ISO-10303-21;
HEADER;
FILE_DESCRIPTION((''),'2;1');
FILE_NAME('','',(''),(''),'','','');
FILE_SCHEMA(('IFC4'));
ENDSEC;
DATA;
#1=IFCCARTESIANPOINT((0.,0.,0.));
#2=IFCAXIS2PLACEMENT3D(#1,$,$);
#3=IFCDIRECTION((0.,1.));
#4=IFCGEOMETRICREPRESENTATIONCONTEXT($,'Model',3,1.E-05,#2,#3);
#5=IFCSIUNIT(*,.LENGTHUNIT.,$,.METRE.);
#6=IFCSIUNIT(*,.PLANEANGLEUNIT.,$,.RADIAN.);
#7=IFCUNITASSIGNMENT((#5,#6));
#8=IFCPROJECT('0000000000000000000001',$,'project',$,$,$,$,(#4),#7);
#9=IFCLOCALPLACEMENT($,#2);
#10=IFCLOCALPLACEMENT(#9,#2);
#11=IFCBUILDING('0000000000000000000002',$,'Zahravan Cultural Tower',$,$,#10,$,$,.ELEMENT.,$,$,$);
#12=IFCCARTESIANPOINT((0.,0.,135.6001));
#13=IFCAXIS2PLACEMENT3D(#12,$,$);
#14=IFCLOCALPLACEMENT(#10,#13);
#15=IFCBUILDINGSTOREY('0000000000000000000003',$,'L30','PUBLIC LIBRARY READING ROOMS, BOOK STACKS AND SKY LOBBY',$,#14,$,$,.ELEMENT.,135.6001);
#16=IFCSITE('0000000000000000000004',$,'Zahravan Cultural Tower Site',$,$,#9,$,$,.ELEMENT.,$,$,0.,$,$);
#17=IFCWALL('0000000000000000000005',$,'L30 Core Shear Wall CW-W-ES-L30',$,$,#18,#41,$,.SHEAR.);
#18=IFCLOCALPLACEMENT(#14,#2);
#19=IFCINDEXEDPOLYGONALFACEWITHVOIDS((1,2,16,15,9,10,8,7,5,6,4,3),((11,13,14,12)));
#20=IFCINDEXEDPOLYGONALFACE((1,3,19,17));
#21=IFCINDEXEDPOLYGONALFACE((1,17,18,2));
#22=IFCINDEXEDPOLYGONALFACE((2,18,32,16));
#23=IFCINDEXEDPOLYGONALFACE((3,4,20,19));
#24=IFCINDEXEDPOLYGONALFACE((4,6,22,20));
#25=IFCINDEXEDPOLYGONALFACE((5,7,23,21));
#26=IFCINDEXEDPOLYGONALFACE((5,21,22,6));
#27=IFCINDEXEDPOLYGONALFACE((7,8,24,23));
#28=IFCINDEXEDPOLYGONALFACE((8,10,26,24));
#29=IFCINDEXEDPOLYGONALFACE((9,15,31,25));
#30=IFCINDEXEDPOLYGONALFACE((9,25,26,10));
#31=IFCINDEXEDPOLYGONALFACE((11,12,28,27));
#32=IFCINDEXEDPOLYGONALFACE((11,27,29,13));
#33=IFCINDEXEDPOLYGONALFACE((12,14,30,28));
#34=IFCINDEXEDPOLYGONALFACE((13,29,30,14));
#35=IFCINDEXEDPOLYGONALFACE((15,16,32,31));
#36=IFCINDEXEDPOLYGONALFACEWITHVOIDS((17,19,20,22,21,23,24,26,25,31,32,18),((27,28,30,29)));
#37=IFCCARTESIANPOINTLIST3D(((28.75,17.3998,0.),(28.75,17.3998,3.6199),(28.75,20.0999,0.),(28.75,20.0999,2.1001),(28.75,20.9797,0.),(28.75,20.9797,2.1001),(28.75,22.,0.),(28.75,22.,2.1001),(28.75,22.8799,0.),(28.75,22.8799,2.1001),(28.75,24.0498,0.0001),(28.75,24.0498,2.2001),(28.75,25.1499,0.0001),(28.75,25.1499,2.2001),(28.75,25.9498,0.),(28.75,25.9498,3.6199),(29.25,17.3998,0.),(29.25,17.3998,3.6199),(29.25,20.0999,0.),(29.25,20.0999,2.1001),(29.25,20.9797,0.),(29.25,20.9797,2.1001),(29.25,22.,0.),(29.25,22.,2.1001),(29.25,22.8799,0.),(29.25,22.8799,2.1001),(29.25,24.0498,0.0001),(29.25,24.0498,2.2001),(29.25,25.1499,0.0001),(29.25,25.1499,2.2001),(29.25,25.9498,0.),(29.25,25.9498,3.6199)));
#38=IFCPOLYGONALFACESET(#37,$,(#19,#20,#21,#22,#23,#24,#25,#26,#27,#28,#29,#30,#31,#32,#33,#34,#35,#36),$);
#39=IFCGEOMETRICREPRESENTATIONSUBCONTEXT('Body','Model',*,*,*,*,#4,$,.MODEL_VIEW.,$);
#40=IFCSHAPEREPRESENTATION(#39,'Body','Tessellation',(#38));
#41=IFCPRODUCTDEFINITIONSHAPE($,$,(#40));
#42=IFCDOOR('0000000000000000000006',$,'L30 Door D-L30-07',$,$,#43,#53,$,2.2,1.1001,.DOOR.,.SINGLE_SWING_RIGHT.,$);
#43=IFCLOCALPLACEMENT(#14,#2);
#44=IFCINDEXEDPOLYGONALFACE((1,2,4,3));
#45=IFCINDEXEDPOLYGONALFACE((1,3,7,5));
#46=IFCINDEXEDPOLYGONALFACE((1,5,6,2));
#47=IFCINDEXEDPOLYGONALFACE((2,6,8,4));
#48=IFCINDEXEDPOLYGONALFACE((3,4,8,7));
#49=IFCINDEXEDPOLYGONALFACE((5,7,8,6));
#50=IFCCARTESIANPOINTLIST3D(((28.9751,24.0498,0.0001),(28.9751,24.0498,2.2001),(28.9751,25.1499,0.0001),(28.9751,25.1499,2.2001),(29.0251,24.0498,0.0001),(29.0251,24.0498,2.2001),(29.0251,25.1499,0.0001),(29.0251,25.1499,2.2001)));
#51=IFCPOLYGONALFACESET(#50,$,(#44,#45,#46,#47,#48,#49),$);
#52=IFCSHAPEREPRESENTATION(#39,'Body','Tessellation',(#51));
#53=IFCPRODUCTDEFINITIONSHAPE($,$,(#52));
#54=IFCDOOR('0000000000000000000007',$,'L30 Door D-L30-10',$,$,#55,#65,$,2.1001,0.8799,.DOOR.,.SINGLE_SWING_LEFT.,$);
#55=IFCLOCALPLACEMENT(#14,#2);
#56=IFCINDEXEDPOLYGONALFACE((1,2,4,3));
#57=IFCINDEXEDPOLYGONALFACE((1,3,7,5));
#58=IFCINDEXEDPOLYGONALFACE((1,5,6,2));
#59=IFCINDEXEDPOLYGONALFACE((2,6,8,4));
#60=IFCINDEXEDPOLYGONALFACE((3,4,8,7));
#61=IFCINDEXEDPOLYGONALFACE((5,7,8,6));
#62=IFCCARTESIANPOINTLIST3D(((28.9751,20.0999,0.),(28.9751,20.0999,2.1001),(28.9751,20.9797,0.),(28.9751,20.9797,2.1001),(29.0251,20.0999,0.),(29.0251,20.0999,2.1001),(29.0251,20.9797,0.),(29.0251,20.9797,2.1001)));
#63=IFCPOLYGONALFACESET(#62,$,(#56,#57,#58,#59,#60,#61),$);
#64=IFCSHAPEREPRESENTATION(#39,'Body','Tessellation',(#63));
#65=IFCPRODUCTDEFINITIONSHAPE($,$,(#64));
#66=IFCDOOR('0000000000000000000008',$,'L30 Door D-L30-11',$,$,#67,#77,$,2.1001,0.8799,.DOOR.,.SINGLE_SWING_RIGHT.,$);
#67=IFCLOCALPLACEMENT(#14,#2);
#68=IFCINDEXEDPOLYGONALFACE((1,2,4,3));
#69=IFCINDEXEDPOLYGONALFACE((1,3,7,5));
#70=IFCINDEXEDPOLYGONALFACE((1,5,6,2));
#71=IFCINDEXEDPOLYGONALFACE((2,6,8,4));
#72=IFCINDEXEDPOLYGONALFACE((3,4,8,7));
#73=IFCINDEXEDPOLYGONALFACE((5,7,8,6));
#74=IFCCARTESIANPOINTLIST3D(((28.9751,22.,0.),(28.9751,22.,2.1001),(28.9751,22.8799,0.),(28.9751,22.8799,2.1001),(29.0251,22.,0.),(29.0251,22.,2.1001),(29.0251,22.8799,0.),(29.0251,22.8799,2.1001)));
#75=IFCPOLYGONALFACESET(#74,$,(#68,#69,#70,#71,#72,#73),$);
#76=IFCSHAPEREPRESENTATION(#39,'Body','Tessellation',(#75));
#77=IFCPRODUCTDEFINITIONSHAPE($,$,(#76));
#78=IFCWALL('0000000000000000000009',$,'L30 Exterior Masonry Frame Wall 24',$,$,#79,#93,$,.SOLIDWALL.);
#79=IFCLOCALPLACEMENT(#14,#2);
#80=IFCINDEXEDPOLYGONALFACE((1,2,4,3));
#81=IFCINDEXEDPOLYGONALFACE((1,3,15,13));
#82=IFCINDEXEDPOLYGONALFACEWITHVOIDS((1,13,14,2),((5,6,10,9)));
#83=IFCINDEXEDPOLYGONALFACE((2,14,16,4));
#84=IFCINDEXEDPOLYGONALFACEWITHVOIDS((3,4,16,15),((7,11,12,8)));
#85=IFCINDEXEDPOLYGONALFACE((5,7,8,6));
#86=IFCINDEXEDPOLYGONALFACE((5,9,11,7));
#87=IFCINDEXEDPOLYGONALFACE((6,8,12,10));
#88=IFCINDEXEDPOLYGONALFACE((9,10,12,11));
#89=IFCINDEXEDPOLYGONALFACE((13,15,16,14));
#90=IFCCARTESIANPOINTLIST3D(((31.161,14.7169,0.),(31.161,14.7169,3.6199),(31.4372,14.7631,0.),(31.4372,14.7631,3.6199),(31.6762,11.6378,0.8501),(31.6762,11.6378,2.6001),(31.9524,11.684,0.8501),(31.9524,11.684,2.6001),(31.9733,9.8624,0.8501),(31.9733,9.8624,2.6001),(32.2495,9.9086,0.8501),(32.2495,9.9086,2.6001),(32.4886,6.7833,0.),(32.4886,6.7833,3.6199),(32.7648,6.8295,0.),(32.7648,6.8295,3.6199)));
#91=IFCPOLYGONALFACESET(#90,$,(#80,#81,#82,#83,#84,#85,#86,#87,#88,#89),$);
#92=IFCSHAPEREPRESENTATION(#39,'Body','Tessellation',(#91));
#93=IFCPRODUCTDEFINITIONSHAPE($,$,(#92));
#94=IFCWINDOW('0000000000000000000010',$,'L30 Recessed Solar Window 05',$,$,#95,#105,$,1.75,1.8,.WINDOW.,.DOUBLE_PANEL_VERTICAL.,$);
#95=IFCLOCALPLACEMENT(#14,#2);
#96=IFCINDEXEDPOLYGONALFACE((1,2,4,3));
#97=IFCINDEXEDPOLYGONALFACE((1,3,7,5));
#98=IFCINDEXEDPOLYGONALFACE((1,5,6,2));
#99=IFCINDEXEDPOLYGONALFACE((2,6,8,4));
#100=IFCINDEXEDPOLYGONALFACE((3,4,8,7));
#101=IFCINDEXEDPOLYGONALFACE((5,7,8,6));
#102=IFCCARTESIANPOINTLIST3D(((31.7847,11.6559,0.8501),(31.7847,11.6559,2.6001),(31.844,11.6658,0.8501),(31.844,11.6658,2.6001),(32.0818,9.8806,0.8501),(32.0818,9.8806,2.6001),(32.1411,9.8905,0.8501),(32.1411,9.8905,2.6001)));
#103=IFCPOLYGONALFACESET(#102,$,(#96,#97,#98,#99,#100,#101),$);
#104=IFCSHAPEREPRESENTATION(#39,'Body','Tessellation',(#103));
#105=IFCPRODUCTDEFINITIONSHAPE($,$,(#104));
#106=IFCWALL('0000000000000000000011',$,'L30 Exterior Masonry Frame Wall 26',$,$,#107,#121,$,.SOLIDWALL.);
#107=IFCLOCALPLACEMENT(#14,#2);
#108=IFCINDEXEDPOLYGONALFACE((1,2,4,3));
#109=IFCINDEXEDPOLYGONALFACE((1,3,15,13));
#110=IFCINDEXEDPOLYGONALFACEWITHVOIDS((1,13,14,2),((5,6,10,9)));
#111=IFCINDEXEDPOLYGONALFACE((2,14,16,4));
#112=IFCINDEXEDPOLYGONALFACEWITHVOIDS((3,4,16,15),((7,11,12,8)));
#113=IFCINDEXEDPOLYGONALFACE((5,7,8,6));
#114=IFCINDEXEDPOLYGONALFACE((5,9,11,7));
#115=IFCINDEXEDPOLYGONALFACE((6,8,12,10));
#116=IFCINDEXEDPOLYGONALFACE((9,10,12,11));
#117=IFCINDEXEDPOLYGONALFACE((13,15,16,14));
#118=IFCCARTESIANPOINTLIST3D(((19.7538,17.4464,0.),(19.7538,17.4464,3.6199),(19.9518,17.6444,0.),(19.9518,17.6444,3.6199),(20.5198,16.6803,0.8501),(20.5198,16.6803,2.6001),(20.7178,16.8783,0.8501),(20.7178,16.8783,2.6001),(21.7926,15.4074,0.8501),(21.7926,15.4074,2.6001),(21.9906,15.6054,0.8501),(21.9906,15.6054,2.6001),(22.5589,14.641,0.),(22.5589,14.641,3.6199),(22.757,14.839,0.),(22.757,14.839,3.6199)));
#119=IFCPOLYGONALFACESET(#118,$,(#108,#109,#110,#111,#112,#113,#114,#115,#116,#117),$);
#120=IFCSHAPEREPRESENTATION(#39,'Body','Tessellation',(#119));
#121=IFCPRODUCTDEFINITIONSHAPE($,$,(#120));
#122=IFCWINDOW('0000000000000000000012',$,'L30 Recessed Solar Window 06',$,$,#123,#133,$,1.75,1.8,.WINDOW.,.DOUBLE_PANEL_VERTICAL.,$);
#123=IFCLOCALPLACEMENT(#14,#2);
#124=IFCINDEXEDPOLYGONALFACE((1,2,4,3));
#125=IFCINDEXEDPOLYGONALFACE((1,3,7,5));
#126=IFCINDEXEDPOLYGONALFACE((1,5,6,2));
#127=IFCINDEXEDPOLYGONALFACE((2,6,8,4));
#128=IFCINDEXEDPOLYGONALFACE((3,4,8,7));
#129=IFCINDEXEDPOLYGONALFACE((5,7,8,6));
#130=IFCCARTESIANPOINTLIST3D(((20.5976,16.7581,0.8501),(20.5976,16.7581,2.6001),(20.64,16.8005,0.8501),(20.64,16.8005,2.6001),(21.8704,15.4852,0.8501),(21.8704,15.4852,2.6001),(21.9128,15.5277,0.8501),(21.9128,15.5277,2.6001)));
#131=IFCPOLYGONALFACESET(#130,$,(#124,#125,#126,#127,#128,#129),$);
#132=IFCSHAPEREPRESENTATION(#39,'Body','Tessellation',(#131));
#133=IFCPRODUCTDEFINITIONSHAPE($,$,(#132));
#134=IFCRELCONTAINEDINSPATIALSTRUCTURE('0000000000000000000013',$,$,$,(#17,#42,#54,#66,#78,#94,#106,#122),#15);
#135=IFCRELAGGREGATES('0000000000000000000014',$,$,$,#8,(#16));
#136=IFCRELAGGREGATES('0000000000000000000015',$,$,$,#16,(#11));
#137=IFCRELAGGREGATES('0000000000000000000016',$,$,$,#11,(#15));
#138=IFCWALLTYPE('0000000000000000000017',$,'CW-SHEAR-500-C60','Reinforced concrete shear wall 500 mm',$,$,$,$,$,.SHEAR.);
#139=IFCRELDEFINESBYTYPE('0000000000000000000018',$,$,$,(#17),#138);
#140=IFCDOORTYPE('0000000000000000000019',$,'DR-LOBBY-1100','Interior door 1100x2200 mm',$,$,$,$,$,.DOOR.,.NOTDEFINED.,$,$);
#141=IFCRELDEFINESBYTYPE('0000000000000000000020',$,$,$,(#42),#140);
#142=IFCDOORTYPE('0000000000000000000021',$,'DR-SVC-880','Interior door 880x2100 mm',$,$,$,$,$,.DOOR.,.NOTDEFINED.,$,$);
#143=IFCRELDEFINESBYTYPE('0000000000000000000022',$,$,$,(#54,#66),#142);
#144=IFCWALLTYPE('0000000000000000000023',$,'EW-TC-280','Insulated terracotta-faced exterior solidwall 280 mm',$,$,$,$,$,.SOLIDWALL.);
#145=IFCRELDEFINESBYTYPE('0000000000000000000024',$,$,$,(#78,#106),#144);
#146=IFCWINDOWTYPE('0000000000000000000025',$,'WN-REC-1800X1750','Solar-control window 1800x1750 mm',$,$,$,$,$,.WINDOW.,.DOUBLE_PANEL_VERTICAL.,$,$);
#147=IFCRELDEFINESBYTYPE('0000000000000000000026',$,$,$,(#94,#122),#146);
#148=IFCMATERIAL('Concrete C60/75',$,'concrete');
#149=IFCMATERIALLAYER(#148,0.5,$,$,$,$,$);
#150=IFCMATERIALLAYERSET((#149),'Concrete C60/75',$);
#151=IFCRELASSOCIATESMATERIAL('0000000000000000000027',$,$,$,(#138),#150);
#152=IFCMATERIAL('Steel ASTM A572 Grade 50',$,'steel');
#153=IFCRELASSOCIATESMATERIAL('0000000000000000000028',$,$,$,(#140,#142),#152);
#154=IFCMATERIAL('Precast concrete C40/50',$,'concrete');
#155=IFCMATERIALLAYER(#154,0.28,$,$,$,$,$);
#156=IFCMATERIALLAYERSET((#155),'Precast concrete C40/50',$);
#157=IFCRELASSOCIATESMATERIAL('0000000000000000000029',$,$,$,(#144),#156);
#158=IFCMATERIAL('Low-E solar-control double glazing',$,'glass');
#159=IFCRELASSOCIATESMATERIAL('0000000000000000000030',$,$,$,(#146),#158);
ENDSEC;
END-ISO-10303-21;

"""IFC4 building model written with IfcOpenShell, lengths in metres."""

from ifc_helpers import new_model, si_unit, direction, frame, frame_2d, origin, place, context, subcontext, project, spatial, rectangle, extrude, source, transform, mapped, material, layer, layer_set, type_object, element, fill, save


model = new_model("IFC4")

# Units and contexts
model_context = context("Model", 3, precision=1e-05, world=origin(), true_north=direction((0.0, 1.0)))
body_context = subcontext(model_context, "Body", "Model", "MODEL_VIEW")
ifc_project = project(units=[si_unit("LENGTHUNIT", "METRE"), si_unit("PLANEANGLEUNIT", "RADIAN")], contexts=[model_context])

# Site, building, storey
site_placement = place(None, origin())
site = spatial("IfcSite", under=ifc_project, at=site_placement, Name="Zahravan Cultural Tower Site", CompositionType="ELEMENT", RefElevation=0.0)
building_placement = place(site_placement, origin())
building = spatial("IfcBuilding", under=site, at=building_placement, Name="Zahravan Cultural Tower", CompositionType="ELEMENT")
storey_placement = place(building_placement, frame((0.0, 0.0, 135.6001)))
storey = spatial("IfcBuildingStorey", under=building, at=storey_placement, Name="L30", Description="PUBLIC LIBRARY READING ROOMS, BOOK STACKS AND SKY LOBBY", CompositionType="ELEMENT", Elevation=135.6001)

# Wall, openings, doors
ifc_material_1 = material(Name="Concrete C60/75", Category="concrete")
ifc_layer_1 = layer(ifc_material_1, 0.5)
ifc_layer_set_1 = layer_set([ifc_layer_1], Name="Concrete C60/75")
wall_type_1 = type_object("IfcWallType", Name="CW-SHEAR-500-C60", Description="Reinforced concrete shear wall 500 mm", PredefinedType="SHEAR", material=ifc_layer_set_1)
wall_1_placement = place(storey_placement, frame((29.0, 17.3999, 0.0), z_axis=(0.0, 0.0, 1.0), x_axis=(0.0, 1.0, 0.0)))
wall_1 = element("IfcWall", 1, at=wall_1_placement, inside=storey, type_object=wall_type_1, Name="L30 Core Shear Wall CW-W-ES-L30", PredefinedType="SHEAR", context=body_context, shape_type="SweptSolid", body=[
    extrude(rectangle(XDim=8.55, YDim=0.5, at=frame_2d((4.2749, 0.0))), origin(), (0.0, 0.0, 1.0), 3.6199),
])
opening_1_placement = place(wall_1_placement, frame((6.6499, 0.0, 0.0)))
opening_1 = element("IfcOpeningElement", 2, at=opening_1_placement, cuts=wall_1, PredefinedType="OPENING", context=body_context, shape_type="SweptSolid", body=[
    extrude(rectangle(XDim=1.1001, YDim=2.2, at=frame_2d((0.55, 1.1001))), frame((0.0, 0.26, 0.0), z_axis=(0.0, -1.0, 0.0), x_axis=(1.0, 0.0, 0.0)), (0.0, 0.0, 1.0), 0.52),
])
opening_2_placement = place(wall_1_placement, frame((2.7, 0.0, 0.0)))
opening_2 = element("IfcOpeningElement", 3, at=opening_2_placement, cuts=wall_1, PredefinedType="OPENING", context=body_context, shape_type="SweptSolid", body=[
    extrude(rectangle(XDim=0.8799, YDim=2.1001, at=frame_2d((0.4399, 1.05))), frame((0.0, 0.26, 0.0), z_axis=(0.0, -1.0, 0.0), x_axis=(1.0, 0.0, 0.0)), (0.0, 0.0, 1.0), 0.52),
])
opening_3_placement = place(wall_1_placement, frame((4.6001, 0.0, 0.0)))
opening_3 = element("IfcOpeningElement", 4, at=opening_3_placement, cuts=wall_1, PredefinedType="OPENING", context=body_context, shape_type="SweptSolid", body=[
    extrude(rectangle(XDim=0.8799, YDim=2.1001, at=frame_2d((0.4399, 1.05))), frame((0.0, 0.26, 0.0), z_axis=(0.0, -1.0, 0.0), x_axis=(1.0, 0.0, 0.0)), (0.0, 0.0, 1.0), 0.52),
])
ifc_material_2 = material(Name="Steel ASTM A572 Grade 50", Category="steel")
door_type_1 = type_object("IfcDoorType", Name="DR-LOBBY-1100", Description="Interior door 1100x2200 mm", OperationType="NOTDEFINED", PredefinedType="DOOR", material=ifc_material_2)
shared_shape_1 = source(origin(), body_context, "Body", "SweptSolid", [
    extrude(rectangle(XDim=1.1001, YDim=2.2, at=frame_2d((0.55, 1.1001))), frame((0.0, 0.0249, 0.0), z_axis=(0.0, -1.0, 0.0), x_axis=(1.0, 0.0, 0.0)), (0.0, 0.0, 1.0), 0.05),
])
door_1_placement = place(opening_1_placement, origin())
door_1 = element("IfcDoor", 5, at=door_1_placement, inside=storey, type_object=door_type_1, Name="L30 Door D-L30-07", OperationType="SINGLE_SWING_RIGHT", OverallHeight=2.2, OverallWidth=1.1001, PredefinedType="DOOR", context=body_context, shape_type="MappedRepresentation", body=[
    mapped(shared_shape_1, transform((0.0, 0.0, 0.0), x_axis=(1.0, 0.0, 0.0), y_axis=(0.0, 1.0, 0.0), z_axis=(0.0, 0.0, 1.0), scale=1.0)),
])
fill(opening_1, door_1)
door_type_2 = type_object("IfcDoorType", Name="DR-SVC-880", Description="Interior door 880x2100 mm", OperationType="NOTDEFINED", PredefinedType="DOOR", material=ifc_material_2)
shared_shape_2 = source(origin(), body_context, "Body", "SweptSolid", [
    extrude(rectangle(XDim=0.8799, YDim=2.1001, at=frame_2d((0.4399, 1.05))), frame((0.0, 0.0249, 0.0), z_axis=(0.0, -1.0, 0.0), x_axis=(1.0, 0.0, 0.0)), (0.0, 0.0, 1.0), 0.05),
])
door_2_placement = place(opening_2_placement, origin())
door_2 = element("IfcDoor", 6, at=door_2_placement, inside=storey, type_object=door_type_2, Name="L30 Door D-L30-10", OperationType="SINGLE_SWING_LEFT", OverallHeight=2.1001, OverallWidth=0.8799, PredefinedType="DOOR", context=body_context, shape_type="MappedRepresentation", body=[
    mapped(shared_shape_2, transform((0.0, 0.0, 0.0), x_axis=(1.0, 0.0, 0.0), y_axis=(0.0, 1.0, 0.0), z_axis=(0.0, 0.0, 1.0), scale=1.0)),
])
fill(opening_2, door_2)
door_3_placement = place(opening_3_placement, origin())
door_3 = element("IfcDoor", 7, at=door_3_placement, inside=storey, type_object=door_type_2, Name="L30 Door D-L30-11", OperationType="SINGLE_SWING_RIGHT", OverallHeight=2.1001, OverallWidth=0.8799, PredefinedType="DOOR", context=body_context, shape_type="MappedRepresentation", body=[
    mapped(shared_shape_2, transform((0.0, 0.0, 0.0), x_axis=(1.0, 0.0, 0.0), y_axis=(0.0, 1.0, 0.0), z_axis=(0.0, 0.0, 1.0), scale=1.0)),
])
fill(opening_3, door_3)

# Walls, openings, windows
ifc_material_3 = material(Name="Precast concrete C40/50", Category="concrete")
ifc_layer_2 = layer(ifc_material_3, 0.28)
ifc_layer_set_2 = layer_set([ifc_layer_2], Name="Precast concrete C40/50")
wall_type_2 = type_object("IfcWallType", Name="EW-TC-280", Description="Insulated terracotta-faced exterior solidwall 280 mm", PredefinedType="SOLIDWALL", material=ifc_layer_set_2)
wall_2_placement = place(storey_placement, frame((32.6267, 6.8064, 0.0), z_axis=(0.0, 0.0, 1.0), x_axis=(-0.165049, 0.986285, 0.0)))
wall_2 = element("IfcWall", 8, at=wall_2_placement, inside=storey, type_object=wall_type_2, Name="L30 Exterior Masonry Frame Wall 24", PredefinedType="SOLIDWALL", context=body_context, shape_type="SweptSolid", body=[
    extrude(rectangle(XDim=8.0439, YDim=0.28, at=frame_2d((4.022, 0.0))), origin(), (0.0, 0.0, 1.0), 3.6199),
])
opening_4_placement = place(wall_2_placement, frame((3.1221, 0.0, 0.8501)))
opening_4 = element("IfcOpeningElement", 9, at=opening_4_placement, cuts=wall_2, PredefinedType="OPENING", context=body_context, shape_type="SweptSolid", body=[
    extrude(rectangle(XDim=1.8, YDim=1.75, at=frame_2d((0.8999, 0.875))), frame((0.0, 0.1499, 0.0), z_axis=(0.0, -1.0, 0.0), x_axis=(1.0, 0.0, 0.0)), (0.0, 0.0, 1.0), 0.3),
])
ifc_material_4 = material(Name="Low-E solar-control double glazing", Category="glass")
window_type = type_object("IfcWindowType", Name="WN-REC-1800X1750", Description="Solar-control window 1800x1750 mm", PartitioningType="DOUBLE_PANEL_VERTICAL", PredefinedType="WINDOW", material=ifc_material_4)
shared_shape_3 = source(origin(), body_context, "Body", "SweptSolid", [
    extrude(rectangle(XDim=1.8, YDim=1.75, at=frame_2d((0.8999, 0.875))), frame((0.0, 0.03, 0.0), z_axis=(0.0, -1.0, 0.0), x_axis=(1.0, 0.0, 0.0)), (0.0, 0.0, 1.0), 0.0601),
])
window_1_placement = place(opening_4_placement, origin())
window_1 = element("IfcWindow", 10, at=window_1_placement, inside=storey, type_object=window_type, Name="L30 Recessed Solar Window 05", OverallHeight=1.75, OverallWidth=1.8, PartitioningType="DOUBLE_PANEL_VERTICAL", PredefinedType="WINDOW", context=body_context, shape_type="MappedRepresentation", body=[
    mapped(shared_shape_3, transform((0.0, 0.0, 0.0), x_axis=(1.0, 0.0, 0.0), y_axis=(0.0, 1.0, 0.0), z_axis=(0.0, 0.0, 1.0), scale=1.0)),
])
fill(opening_4, window_1)
wall_3_placement = place(storey_placement, frame((22.658, 14.74, 0.0), z_axis=(0.0, 0.0, 1.0), x_axis=(-0.707076, 0.707138, 0.0)))
wall_3 = element("IfcWall", 11, at=wall_3_placement, inside=storey, type_object=wall_type_2, Name="L30 Exterior Masonry Frame Wall 26", PredefinedType="SOLIDWALL", context=body_context, shape_type="SweptSolid", body=[
    extrude(rectangle(XDim=3.9673, YDim=0.28, at=frame_2d((1.9836, 0.0))), origin(), (0.0, 0.0, 1.0), 3.6199),
])
opening_5_placement = place(wall_3_placement, frame((1.084, 0.0, 0.8501)))
opening_5 = element("IfcOpeningElement", 12, at=opening_5_placement, cuts=wall_3, PredefinedType="OPENING", context=body_context, shape_type="SweptSolid", body=[
    extrude(rectangle(XDim=1.8, YDim=1.75, at=frame_2d((0.8999, 0.875))), frame((0.0, 0.1499, 0.0), z_axis=(0.0, -1.0, 0.0), x_axis=(1.0, 0.0, 0.0)), (0.0, 0.0, 1.0), 0.3),
])
window_2_placement = place(opening_5_placement, origin())
window_2 = element("IfcWindow", 13, at=window_2_placement, inside=storey, type_object=window_type, Name="L30 Recessed Solar Window 06", OverallHeight=1.75, OverallWidth=1.8, PartitioningType="DOUBLE_PANEL_VERTICAL", PredefinedType="WINDOW", context=body_context, shape_type="MappedRepresentation", body=[
    mapped(shared_shape_3, transform((0.0, 0.0, 0.0), x_axis=(1.0, 0.0, 0.0), y_axis=(0.0, 1.0, 0.0), z_axis=(0.0, 0.0, 1.0), scale=1.0)),
])
fill(opening_5, window_2)

save(model, "model.ifc")
